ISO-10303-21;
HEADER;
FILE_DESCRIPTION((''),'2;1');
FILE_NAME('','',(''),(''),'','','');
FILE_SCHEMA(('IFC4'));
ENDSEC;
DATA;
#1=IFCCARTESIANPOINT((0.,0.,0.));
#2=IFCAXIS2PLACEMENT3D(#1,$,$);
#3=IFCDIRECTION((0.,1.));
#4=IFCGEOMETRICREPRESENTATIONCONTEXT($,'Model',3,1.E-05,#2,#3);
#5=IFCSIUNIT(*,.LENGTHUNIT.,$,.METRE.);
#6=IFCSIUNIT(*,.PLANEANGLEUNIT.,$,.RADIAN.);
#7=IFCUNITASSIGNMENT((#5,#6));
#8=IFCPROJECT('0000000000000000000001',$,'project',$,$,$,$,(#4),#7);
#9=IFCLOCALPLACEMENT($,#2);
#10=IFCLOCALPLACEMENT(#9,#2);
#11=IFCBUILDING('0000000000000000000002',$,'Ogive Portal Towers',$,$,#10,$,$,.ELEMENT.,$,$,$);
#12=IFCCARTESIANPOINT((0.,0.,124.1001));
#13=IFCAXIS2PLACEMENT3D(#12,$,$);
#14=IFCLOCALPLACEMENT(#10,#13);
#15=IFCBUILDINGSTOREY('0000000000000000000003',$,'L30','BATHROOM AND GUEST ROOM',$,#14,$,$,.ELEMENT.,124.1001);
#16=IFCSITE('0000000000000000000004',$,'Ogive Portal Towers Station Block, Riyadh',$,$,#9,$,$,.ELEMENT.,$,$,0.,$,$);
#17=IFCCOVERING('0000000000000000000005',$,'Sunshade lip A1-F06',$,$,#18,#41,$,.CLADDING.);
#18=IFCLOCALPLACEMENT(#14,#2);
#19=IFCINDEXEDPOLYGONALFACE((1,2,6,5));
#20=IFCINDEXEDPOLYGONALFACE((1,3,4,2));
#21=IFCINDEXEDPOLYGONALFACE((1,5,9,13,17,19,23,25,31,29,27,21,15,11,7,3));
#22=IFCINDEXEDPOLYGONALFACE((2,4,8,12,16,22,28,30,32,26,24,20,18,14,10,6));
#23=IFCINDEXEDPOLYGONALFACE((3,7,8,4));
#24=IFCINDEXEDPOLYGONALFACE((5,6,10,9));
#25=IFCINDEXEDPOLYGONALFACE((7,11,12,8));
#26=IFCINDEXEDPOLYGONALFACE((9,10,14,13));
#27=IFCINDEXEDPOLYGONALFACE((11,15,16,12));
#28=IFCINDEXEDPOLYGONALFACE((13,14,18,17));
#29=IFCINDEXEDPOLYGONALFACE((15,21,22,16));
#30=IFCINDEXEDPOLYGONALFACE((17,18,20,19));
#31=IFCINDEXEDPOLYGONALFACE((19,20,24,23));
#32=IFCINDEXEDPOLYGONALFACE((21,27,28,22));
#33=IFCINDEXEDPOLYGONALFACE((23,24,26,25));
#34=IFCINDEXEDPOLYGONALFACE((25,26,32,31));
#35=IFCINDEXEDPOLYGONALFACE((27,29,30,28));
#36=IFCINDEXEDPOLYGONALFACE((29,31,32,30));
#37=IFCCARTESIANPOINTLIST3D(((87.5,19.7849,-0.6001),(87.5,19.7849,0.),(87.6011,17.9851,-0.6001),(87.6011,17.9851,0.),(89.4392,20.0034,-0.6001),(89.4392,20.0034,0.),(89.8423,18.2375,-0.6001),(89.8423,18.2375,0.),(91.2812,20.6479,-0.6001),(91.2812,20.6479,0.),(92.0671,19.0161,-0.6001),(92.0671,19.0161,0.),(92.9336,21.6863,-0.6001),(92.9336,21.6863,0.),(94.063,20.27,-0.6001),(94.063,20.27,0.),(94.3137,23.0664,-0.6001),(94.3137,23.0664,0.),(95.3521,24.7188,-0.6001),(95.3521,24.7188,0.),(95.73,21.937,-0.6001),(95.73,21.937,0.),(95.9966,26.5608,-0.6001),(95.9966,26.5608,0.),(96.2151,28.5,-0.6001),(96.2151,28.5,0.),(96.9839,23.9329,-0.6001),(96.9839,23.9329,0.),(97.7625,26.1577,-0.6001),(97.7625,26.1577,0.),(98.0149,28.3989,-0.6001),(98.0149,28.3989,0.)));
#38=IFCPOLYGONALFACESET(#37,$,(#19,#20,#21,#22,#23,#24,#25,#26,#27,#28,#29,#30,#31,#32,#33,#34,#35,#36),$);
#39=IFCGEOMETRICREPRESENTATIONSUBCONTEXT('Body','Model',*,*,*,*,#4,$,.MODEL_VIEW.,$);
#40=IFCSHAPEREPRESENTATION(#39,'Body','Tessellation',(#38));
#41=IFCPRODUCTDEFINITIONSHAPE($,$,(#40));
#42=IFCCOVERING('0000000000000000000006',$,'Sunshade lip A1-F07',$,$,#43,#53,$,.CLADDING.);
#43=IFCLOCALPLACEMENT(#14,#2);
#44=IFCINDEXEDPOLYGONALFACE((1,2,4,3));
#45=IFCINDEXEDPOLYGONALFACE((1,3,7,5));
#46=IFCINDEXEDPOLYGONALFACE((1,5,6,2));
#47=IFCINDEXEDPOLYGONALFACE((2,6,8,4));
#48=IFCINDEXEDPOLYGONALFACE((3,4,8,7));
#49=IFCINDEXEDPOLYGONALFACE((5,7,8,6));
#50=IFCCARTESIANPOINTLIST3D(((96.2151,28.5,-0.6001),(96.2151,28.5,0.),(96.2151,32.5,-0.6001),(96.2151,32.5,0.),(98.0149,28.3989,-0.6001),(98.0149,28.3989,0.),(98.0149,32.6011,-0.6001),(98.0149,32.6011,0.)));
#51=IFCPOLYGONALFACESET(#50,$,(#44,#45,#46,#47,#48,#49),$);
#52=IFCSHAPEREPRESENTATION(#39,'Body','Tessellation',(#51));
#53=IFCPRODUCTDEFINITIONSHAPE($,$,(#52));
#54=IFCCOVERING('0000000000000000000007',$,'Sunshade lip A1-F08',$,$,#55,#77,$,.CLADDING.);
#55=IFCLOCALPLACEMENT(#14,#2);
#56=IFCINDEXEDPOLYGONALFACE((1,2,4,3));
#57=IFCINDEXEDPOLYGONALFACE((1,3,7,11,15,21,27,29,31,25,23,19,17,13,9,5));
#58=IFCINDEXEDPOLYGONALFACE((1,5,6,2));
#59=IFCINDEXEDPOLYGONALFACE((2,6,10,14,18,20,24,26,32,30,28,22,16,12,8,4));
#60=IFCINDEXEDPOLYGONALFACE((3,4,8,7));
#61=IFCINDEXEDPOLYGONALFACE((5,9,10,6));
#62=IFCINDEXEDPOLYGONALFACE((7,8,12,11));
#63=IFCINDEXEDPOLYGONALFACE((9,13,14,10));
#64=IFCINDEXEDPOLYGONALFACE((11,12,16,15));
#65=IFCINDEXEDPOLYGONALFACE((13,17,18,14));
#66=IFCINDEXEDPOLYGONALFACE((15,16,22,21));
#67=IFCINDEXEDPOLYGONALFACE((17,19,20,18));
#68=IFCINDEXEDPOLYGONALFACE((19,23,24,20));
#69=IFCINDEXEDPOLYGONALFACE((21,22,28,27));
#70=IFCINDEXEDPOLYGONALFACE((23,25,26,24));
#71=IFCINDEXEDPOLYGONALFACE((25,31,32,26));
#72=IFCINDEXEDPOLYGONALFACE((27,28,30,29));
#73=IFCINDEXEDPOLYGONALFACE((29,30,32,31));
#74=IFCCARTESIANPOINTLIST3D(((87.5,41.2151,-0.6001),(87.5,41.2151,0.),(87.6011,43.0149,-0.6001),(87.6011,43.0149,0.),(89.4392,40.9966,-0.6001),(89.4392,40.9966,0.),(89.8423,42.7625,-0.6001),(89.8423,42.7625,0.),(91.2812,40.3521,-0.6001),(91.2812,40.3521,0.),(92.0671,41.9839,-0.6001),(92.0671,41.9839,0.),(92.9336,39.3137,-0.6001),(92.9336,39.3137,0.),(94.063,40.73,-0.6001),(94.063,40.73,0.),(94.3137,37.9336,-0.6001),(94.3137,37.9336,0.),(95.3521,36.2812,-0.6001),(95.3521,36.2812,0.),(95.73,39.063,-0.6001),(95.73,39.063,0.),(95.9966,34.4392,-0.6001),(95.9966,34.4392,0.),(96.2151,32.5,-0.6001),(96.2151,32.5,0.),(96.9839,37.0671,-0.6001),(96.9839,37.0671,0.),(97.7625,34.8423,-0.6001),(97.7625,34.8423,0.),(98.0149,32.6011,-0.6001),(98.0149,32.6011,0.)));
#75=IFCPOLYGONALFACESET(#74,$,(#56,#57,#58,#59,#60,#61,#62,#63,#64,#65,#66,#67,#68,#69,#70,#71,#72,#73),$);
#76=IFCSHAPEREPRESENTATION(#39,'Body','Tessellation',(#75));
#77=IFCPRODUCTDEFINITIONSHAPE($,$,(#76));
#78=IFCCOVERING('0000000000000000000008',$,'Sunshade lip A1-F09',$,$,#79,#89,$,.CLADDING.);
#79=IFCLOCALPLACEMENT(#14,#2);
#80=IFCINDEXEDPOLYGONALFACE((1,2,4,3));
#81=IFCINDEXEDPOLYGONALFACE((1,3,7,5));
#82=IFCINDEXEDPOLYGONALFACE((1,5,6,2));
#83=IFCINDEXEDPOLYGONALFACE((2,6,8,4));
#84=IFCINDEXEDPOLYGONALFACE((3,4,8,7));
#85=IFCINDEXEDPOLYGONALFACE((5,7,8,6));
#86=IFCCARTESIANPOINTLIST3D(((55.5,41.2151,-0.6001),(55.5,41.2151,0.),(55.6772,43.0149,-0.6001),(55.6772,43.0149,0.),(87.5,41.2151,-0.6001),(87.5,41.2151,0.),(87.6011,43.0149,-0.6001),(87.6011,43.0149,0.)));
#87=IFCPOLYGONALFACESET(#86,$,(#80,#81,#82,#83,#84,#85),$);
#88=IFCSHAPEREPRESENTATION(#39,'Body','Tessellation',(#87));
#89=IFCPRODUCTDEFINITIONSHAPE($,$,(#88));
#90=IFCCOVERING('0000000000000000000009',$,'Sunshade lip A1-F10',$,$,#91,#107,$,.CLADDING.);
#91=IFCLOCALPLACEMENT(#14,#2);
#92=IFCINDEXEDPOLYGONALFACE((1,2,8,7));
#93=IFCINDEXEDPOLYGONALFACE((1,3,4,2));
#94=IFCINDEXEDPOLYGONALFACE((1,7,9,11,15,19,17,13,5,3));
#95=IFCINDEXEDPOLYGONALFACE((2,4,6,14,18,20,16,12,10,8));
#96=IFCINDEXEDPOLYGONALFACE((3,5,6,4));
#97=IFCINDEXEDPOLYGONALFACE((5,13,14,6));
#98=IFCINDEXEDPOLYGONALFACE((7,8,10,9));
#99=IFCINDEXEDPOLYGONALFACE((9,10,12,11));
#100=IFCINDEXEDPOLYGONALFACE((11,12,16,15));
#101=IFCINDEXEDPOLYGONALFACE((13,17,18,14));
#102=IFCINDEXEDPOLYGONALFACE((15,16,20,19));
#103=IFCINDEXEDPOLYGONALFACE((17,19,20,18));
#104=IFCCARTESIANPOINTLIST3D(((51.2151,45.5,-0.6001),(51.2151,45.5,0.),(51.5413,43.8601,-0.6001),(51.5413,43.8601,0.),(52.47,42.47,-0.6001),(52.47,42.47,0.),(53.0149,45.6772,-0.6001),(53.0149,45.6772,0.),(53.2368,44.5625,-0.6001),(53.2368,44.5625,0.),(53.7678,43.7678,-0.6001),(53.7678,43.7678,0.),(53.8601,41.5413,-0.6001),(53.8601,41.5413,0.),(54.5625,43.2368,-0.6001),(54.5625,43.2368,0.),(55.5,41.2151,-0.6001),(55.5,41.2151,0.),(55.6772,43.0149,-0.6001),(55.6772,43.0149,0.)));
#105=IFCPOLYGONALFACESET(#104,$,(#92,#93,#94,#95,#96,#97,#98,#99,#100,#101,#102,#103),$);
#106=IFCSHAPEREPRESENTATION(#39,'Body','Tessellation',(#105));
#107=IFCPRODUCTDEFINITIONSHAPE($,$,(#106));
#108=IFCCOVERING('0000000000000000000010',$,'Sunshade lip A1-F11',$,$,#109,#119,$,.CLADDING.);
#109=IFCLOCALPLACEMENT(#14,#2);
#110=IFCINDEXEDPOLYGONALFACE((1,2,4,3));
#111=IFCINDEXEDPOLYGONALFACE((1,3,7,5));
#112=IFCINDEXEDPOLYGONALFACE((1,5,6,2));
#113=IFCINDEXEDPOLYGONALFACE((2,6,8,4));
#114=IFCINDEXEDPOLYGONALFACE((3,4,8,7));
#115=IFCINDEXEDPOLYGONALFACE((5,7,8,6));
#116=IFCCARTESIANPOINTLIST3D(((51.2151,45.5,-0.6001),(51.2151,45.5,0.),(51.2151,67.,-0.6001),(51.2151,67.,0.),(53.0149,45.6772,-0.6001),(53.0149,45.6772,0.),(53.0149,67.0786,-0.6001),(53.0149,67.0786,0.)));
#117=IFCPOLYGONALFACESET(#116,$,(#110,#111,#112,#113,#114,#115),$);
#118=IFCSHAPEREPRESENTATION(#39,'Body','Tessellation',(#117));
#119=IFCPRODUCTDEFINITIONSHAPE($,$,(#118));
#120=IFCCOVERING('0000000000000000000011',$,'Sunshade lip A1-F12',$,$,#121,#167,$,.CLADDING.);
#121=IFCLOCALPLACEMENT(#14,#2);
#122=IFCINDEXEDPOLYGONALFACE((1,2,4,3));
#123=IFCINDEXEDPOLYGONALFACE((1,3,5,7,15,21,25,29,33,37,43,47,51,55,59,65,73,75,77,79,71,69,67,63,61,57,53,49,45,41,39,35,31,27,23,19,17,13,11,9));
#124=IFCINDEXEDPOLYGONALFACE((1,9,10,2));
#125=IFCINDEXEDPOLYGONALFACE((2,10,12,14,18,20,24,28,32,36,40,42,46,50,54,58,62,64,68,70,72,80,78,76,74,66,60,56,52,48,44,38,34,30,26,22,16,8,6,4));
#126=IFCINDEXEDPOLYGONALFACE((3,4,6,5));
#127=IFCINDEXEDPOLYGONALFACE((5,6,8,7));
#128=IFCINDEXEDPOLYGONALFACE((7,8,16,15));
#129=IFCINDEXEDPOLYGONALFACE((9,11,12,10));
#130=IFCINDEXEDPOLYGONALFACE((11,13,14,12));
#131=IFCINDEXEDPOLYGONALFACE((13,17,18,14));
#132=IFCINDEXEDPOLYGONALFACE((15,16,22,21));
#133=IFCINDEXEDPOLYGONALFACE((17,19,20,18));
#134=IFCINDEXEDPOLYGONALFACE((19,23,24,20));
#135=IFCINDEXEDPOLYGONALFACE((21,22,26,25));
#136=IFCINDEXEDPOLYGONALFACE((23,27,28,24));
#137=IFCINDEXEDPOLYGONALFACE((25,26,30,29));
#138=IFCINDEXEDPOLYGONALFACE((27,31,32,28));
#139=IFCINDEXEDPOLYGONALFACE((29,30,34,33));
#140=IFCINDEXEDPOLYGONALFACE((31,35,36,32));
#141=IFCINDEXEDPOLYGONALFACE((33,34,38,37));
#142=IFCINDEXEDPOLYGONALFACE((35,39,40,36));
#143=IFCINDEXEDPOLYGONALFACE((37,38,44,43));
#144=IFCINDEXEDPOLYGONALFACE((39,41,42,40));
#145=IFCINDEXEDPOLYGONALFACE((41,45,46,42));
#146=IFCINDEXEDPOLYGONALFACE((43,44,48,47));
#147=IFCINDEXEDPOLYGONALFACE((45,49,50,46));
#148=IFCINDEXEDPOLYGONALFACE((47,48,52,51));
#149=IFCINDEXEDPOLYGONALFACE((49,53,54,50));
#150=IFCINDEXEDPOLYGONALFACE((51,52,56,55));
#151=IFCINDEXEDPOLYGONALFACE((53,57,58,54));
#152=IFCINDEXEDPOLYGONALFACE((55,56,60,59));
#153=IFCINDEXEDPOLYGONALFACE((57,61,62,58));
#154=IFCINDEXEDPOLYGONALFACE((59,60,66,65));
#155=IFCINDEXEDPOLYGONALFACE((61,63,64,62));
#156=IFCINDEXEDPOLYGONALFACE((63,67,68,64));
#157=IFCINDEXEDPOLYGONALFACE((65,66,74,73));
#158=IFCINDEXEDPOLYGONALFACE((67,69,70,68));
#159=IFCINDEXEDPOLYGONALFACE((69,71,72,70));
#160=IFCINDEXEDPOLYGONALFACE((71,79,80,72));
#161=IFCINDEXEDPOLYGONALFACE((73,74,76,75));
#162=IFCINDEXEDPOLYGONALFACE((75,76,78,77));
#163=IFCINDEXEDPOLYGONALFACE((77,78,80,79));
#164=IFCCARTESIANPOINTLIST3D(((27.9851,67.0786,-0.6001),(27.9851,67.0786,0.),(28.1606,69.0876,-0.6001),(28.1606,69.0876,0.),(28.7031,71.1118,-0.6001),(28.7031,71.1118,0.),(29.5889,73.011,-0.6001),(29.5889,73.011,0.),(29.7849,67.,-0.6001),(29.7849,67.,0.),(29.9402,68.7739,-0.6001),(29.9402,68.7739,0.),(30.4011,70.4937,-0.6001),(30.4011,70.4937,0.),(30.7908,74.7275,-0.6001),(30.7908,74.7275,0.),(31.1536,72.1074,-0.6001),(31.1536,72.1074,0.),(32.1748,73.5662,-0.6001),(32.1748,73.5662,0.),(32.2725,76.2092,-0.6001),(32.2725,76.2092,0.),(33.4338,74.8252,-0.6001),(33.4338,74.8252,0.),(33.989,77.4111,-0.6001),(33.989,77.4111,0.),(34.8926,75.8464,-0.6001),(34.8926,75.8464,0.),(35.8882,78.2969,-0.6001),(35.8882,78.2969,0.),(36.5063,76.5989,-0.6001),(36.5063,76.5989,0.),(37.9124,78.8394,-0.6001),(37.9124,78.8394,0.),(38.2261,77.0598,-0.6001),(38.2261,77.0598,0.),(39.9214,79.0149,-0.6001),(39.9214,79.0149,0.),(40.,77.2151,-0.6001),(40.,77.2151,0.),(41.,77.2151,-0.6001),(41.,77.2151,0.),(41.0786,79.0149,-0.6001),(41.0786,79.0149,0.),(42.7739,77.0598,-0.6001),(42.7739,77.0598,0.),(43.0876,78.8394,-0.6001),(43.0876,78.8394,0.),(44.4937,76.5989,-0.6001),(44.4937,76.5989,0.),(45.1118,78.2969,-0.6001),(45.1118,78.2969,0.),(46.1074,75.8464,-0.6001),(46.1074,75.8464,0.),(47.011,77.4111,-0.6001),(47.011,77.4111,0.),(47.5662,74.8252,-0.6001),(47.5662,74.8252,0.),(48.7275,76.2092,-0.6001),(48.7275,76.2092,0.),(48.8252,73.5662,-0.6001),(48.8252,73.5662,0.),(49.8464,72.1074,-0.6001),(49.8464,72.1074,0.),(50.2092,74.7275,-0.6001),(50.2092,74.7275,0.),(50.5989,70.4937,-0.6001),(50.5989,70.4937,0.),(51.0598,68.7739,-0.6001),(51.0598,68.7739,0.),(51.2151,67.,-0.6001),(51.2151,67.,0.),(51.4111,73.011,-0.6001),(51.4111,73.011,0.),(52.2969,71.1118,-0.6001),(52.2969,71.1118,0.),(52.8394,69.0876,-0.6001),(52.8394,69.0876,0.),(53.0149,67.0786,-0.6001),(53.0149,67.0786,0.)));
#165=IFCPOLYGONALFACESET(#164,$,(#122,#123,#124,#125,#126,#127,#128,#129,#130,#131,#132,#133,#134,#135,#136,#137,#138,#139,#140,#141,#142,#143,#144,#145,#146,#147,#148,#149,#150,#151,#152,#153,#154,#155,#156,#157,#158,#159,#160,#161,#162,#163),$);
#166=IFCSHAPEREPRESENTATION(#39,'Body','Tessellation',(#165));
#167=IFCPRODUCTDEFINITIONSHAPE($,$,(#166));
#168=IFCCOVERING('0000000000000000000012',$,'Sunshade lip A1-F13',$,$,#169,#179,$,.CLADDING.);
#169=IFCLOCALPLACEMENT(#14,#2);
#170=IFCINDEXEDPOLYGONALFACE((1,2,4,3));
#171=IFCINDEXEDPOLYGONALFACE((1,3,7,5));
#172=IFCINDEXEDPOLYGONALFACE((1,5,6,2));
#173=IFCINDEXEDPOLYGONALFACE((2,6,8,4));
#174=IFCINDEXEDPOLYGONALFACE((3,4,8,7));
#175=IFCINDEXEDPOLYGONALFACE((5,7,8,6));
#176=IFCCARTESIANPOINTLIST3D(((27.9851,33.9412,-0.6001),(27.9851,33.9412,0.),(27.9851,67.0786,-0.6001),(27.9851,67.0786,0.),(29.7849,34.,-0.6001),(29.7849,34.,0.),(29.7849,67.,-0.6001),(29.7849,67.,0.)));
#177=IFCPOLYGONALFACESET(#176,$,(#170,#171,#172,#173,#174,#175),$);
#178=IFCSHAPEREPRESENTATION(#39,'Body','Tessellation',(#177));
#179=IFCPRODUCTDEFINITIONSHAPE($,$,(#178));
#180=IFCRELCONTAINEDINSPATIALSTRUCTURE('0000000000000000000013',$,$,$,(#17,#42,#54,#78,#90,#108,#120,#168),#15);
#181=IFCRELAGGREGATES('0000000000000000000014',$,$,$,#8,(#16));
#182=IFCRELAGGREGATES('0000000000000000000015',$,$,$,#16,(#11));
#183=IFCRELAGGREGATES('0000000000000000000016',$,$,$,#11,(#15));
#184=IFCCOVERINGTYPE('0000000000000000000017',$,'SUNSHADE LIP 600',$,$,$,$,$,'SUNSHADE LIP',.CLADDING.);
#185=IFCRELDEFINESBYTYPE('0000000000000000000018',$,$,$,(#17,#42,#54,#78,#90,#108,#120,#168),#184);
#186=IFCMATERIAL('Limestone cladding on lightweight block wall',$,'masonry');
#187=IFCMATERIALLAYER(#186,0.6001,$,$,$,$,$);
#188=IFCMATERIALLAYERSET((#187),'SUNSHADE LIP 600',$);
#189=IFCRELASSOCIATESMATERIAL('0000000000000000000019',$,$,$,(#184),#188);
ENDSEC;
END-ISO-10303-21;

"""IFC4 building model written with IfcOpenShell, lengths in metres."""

from ifc_helpers import new_model, si_unit, direction, frame, origin, place, context, subcontext, project, spatial, polyline, outline, extrude, material, layer, layer_set, type_object, element, save


model = new_model("IFC4")

# Units and contexts
model_context = context("Model", 3, precision=1e-05, world=origin(), true_north=direction((0.0, 1.0)))
body_context = subcontext(model_context, "Body", "Model", "MODEL_VIEW")
ifc_project = project(units=[si_unit("LENGTHUNIT", "METRE"), si_unit("PLANEANGLEUNIT", "RADIAN")], contexts=[model_context])

# Site, building, storey
site_placement = place(None, origin())
site = spatial("IfcSite", under=ifc_project, at=site_placement, Name="Ogive Portal Towers Station Block, Riyadh", CompositionType="ELEMENT", RefElevation=0.0)
building_placement = place(site_placement, origin())
building = spatial("IfcBuilding", under=site, at=building_placement, Name="Ogive Portal Towers", CompositionType="ELEMENT")
storey_placement = place(building_placement, frame((0.0, 0.0, 124.1001)))
storey = spatial("IfcBuildingStorey", under=building, at=storey_placement, Name="L30", Description="BATHROOM AND GUEST ROOM", CompositionType="ELEMENT", Elevation=124.1001)

# Shared definitions
ifc_material_1 = material(Name="Limestone cladding on lightweight block wall", Category="masonry")

# Coverings
ifc_layer_1 = layer(ifc_material_1, 0.6001)
ifc_layer_set_1 = layer_set([ifc_layer_1], Name="SUNSHADE LIP 600")
covering_type_1 = type_object("IfcCoveringType", Name="SUNSHADE LIP 600", ElementType="SUNSHADE LIP", PredefinedType="CLADDING", material=ifc_layer_set_1)
covering_1_placement = place(storey_placement, frame((0.0, 0.0, -0.6001)))
element("IfcCovering", 1, at=covering_1_placement, inside=storey, type_object=covering_type_1, Name="Sunshade lip A1-F06", PredefinedType="CLADDING", context=body_context, shape_type="SweptSolid", body=[
    extrude(outline(polyline([(87.5, 19.7849), (89.4392, 20.0034), (91.2812, 20.6479), (92.9336, 21.6863), (94.3137, 23.0664), (95.3521, 24.7188), (95.9966, 26.5608), (96.2151, 28.5), (98.0149, 28.3989), (97.7625, 26.1577), (96.9839, 23.9329), (95.73, 21.937), (94.063, 20.27), (92.0671, 19.0161), (89.8423, 18.2375), (87.6011, 17.9851), (87.5, 19.7849)])), origin(), (0.0, 0.0, 1.0), 0.6001),
])
covering_2_placement = place(storey_placement, frame((0.0, 0.0, -0.6001)))
element("IfcCovering", 2, at=covering_2_placement, inside=storey, type_object=covering_type_1, Name="Sunshade lip A1-F07", PredefinedType="CLADDING", context=body_context, shape_type="SweptSolid", body=[
    extrude(outline(polyline([(96.2151, 28.5), (96.2151, 32.5), (98.0149, 32.6011), (98.0149, 28.3989), (96.2151, 28.5)])), origin(), (0.0, 0.0, 1.0), 0.6001),
])
covering_3_placement = place(storey_placement, frame((0.0, 0.0, -0.6001)))
element("IfcCovering", 3, at=covering_3_placement, inside=storey, type_object=covering_type_1, Name="Sunshade lip A1-F08", PredefinedType="CLADDING", context=body_context, shape_type="SweptSolid", body=[
    extrude(outline(polyline([(96.2151, 32.5), (95.9966, 34.4392), (95.3521, 36.2812), (94.3137, 37.9336), (92.9336, 39.3137), (91.2812, 40.3521), (89.4392, 40.9966), (87.5, 41.2151), (87.6011, 43.0149), (89.8423, 42.7625), (92.0671, 41.9839), (94.063, 40.73), (95.73, 39.063), (96.9839, 37.0671), (97.7625, 34.8423), (98.0149, 32.6011), (96.2151, 32.5)])), origin(), (0.0, 0.0, 1.0), 0.6001),
])
covering_4_placement = place(storey_placement, frame((0.0, 0.0, -0.6001)))
element("IfcCovering", 4, at=covering_4_placement, inside=storey, type_object=covering_type_1, Name="Sunshade lip A1-F09", PredefinedType="CLADDING", context=body_context, shape_type="SweptSolid", body=[
    extrude(outline(polyline([(87.5, 41.2151), (55.5, 41.2151), (55.6772, 43.0149), (87.6011, 43.0149), (87.5, 41.2151)])), origin(), (0.0, 0.0, 1.0), 0.6001),
])
covering_5_placement = place(storey_placement, frame((0.0, 0.0, -0.6001)))
element("IfcCovering", 5, at=covering_5_placement, inside=storey, type_object=covering_type_1, Name="Sunshade lip A1-F10", PredefinedType="CLADDING", context=body_context, shape_type="SweptSolid", body=[
    extrude(outline(polyline([(55.5, 41.2151), (53.8601, 41.5413), (52.47, 42.47), (51.5413, 43.8601), (51.2151, 45.5), (53.0149, 45.6772), (53.2368, 44.5625), (53.7678, 43.7678), (54.5625, 43.2368), (55.6772, 43.0149), (55.5, 41.2151)])), origin(), (0.0, 0.0, 1.0), 0.6001),
])
covering_6_placement = place(storey_placement, frame((0.0, 0.0, -0.6001)))
element("IfcCovering", 6, at=covering_6_placement, inside=storey, type_object=covering_type_1, Name="Sunshade lip A1-F11", PredefinedType="CLADDING", context=body_context, shape_type="SweptSolid", body=[
    extrude(outline(polyline([(51.2151, 45.5), (51.2151, 67.0), (53.0149, 67.0786), (53.0149, 45.6772), (51.2151, 45.5)])), origin(), (0.0, 0.0, 1.0), 0.6001),
])
covering_7_placement = place(storey_placement, frame((0.0, 0.0, -0.6001)))
element("IfcCovering", 7, at=covering_7_placement, inside=storey, type_object=covering_type_1, Name="Sunshade lip A1-F12", PredefinedType="CLADDING", context=body_context, shape_type="SweptSolid", body=[
    extrude(outline(polyline([(51.2151, 67.0), (51.0598, 68.7739), (50.5989, 70.4937), (49.8464, 72.1074), (48.8252, 73.5662), (47.5662, 74.8252), (46.1074, 75.8464), (44.4937, 76.5989), (42.7739, 77.0598), (41.0, 77.2151), (40.0, 77.2151), (38.2261, 77.0598), (36.5063, 76.5989), (34.8926, 75.8464), (33.4338, 74.8252), (32.1748, 73.5662), (31.1536, 72.1074), (30.4011, 70.4937), (29.9402, 68.7739), (29.7849, 67.0), (27.9851, 67.0786), (28.1606, 69.0876), (28.7031, 71.1118), (29.5889, 73.011), (30.7908, 74.7275), (32.2725, 76.2092), (33.989, 77.4111), (35.8882, 78.2969), (37.9124, 78.8394), (39.9214, 79.0149), (41.0786, 79.0149), (43.0876, 78.8394), (45.1118, 78.2969), (47.011, 77.4111), (48.7275, 76.2092), (50.2092, 74.7275), (51.4111, 73.011), (52.2969, 71.1118), (52.8394, 69.0876), (53.0149, 67.0786), (51.2151, 67.0)])), origin(), (0.0, 0.0, 1.0), 0.6001),
])
covering_8_placement = place(storey_placement, frame((0.0, 0.0, -0.6001)))
element("IfcCovering", 8, at=covering_8_placement, inside=storey, type_object=covering_type_1, Name="Sunshade lip A1-F13", PredefinedType="CLADDING", context=body_context, shape_type="SweptSolid", body=[
    extrude(outline(polyline([(29.7849, 67.0), (29.7849, 34.0), (27.9851, 33.9412), (27.9851, 67.0786), (29.7849, 67.0)])), origin(), (0.0, 0.0, 1.0), 0.6001),
])

save(model, "model.ifc")
